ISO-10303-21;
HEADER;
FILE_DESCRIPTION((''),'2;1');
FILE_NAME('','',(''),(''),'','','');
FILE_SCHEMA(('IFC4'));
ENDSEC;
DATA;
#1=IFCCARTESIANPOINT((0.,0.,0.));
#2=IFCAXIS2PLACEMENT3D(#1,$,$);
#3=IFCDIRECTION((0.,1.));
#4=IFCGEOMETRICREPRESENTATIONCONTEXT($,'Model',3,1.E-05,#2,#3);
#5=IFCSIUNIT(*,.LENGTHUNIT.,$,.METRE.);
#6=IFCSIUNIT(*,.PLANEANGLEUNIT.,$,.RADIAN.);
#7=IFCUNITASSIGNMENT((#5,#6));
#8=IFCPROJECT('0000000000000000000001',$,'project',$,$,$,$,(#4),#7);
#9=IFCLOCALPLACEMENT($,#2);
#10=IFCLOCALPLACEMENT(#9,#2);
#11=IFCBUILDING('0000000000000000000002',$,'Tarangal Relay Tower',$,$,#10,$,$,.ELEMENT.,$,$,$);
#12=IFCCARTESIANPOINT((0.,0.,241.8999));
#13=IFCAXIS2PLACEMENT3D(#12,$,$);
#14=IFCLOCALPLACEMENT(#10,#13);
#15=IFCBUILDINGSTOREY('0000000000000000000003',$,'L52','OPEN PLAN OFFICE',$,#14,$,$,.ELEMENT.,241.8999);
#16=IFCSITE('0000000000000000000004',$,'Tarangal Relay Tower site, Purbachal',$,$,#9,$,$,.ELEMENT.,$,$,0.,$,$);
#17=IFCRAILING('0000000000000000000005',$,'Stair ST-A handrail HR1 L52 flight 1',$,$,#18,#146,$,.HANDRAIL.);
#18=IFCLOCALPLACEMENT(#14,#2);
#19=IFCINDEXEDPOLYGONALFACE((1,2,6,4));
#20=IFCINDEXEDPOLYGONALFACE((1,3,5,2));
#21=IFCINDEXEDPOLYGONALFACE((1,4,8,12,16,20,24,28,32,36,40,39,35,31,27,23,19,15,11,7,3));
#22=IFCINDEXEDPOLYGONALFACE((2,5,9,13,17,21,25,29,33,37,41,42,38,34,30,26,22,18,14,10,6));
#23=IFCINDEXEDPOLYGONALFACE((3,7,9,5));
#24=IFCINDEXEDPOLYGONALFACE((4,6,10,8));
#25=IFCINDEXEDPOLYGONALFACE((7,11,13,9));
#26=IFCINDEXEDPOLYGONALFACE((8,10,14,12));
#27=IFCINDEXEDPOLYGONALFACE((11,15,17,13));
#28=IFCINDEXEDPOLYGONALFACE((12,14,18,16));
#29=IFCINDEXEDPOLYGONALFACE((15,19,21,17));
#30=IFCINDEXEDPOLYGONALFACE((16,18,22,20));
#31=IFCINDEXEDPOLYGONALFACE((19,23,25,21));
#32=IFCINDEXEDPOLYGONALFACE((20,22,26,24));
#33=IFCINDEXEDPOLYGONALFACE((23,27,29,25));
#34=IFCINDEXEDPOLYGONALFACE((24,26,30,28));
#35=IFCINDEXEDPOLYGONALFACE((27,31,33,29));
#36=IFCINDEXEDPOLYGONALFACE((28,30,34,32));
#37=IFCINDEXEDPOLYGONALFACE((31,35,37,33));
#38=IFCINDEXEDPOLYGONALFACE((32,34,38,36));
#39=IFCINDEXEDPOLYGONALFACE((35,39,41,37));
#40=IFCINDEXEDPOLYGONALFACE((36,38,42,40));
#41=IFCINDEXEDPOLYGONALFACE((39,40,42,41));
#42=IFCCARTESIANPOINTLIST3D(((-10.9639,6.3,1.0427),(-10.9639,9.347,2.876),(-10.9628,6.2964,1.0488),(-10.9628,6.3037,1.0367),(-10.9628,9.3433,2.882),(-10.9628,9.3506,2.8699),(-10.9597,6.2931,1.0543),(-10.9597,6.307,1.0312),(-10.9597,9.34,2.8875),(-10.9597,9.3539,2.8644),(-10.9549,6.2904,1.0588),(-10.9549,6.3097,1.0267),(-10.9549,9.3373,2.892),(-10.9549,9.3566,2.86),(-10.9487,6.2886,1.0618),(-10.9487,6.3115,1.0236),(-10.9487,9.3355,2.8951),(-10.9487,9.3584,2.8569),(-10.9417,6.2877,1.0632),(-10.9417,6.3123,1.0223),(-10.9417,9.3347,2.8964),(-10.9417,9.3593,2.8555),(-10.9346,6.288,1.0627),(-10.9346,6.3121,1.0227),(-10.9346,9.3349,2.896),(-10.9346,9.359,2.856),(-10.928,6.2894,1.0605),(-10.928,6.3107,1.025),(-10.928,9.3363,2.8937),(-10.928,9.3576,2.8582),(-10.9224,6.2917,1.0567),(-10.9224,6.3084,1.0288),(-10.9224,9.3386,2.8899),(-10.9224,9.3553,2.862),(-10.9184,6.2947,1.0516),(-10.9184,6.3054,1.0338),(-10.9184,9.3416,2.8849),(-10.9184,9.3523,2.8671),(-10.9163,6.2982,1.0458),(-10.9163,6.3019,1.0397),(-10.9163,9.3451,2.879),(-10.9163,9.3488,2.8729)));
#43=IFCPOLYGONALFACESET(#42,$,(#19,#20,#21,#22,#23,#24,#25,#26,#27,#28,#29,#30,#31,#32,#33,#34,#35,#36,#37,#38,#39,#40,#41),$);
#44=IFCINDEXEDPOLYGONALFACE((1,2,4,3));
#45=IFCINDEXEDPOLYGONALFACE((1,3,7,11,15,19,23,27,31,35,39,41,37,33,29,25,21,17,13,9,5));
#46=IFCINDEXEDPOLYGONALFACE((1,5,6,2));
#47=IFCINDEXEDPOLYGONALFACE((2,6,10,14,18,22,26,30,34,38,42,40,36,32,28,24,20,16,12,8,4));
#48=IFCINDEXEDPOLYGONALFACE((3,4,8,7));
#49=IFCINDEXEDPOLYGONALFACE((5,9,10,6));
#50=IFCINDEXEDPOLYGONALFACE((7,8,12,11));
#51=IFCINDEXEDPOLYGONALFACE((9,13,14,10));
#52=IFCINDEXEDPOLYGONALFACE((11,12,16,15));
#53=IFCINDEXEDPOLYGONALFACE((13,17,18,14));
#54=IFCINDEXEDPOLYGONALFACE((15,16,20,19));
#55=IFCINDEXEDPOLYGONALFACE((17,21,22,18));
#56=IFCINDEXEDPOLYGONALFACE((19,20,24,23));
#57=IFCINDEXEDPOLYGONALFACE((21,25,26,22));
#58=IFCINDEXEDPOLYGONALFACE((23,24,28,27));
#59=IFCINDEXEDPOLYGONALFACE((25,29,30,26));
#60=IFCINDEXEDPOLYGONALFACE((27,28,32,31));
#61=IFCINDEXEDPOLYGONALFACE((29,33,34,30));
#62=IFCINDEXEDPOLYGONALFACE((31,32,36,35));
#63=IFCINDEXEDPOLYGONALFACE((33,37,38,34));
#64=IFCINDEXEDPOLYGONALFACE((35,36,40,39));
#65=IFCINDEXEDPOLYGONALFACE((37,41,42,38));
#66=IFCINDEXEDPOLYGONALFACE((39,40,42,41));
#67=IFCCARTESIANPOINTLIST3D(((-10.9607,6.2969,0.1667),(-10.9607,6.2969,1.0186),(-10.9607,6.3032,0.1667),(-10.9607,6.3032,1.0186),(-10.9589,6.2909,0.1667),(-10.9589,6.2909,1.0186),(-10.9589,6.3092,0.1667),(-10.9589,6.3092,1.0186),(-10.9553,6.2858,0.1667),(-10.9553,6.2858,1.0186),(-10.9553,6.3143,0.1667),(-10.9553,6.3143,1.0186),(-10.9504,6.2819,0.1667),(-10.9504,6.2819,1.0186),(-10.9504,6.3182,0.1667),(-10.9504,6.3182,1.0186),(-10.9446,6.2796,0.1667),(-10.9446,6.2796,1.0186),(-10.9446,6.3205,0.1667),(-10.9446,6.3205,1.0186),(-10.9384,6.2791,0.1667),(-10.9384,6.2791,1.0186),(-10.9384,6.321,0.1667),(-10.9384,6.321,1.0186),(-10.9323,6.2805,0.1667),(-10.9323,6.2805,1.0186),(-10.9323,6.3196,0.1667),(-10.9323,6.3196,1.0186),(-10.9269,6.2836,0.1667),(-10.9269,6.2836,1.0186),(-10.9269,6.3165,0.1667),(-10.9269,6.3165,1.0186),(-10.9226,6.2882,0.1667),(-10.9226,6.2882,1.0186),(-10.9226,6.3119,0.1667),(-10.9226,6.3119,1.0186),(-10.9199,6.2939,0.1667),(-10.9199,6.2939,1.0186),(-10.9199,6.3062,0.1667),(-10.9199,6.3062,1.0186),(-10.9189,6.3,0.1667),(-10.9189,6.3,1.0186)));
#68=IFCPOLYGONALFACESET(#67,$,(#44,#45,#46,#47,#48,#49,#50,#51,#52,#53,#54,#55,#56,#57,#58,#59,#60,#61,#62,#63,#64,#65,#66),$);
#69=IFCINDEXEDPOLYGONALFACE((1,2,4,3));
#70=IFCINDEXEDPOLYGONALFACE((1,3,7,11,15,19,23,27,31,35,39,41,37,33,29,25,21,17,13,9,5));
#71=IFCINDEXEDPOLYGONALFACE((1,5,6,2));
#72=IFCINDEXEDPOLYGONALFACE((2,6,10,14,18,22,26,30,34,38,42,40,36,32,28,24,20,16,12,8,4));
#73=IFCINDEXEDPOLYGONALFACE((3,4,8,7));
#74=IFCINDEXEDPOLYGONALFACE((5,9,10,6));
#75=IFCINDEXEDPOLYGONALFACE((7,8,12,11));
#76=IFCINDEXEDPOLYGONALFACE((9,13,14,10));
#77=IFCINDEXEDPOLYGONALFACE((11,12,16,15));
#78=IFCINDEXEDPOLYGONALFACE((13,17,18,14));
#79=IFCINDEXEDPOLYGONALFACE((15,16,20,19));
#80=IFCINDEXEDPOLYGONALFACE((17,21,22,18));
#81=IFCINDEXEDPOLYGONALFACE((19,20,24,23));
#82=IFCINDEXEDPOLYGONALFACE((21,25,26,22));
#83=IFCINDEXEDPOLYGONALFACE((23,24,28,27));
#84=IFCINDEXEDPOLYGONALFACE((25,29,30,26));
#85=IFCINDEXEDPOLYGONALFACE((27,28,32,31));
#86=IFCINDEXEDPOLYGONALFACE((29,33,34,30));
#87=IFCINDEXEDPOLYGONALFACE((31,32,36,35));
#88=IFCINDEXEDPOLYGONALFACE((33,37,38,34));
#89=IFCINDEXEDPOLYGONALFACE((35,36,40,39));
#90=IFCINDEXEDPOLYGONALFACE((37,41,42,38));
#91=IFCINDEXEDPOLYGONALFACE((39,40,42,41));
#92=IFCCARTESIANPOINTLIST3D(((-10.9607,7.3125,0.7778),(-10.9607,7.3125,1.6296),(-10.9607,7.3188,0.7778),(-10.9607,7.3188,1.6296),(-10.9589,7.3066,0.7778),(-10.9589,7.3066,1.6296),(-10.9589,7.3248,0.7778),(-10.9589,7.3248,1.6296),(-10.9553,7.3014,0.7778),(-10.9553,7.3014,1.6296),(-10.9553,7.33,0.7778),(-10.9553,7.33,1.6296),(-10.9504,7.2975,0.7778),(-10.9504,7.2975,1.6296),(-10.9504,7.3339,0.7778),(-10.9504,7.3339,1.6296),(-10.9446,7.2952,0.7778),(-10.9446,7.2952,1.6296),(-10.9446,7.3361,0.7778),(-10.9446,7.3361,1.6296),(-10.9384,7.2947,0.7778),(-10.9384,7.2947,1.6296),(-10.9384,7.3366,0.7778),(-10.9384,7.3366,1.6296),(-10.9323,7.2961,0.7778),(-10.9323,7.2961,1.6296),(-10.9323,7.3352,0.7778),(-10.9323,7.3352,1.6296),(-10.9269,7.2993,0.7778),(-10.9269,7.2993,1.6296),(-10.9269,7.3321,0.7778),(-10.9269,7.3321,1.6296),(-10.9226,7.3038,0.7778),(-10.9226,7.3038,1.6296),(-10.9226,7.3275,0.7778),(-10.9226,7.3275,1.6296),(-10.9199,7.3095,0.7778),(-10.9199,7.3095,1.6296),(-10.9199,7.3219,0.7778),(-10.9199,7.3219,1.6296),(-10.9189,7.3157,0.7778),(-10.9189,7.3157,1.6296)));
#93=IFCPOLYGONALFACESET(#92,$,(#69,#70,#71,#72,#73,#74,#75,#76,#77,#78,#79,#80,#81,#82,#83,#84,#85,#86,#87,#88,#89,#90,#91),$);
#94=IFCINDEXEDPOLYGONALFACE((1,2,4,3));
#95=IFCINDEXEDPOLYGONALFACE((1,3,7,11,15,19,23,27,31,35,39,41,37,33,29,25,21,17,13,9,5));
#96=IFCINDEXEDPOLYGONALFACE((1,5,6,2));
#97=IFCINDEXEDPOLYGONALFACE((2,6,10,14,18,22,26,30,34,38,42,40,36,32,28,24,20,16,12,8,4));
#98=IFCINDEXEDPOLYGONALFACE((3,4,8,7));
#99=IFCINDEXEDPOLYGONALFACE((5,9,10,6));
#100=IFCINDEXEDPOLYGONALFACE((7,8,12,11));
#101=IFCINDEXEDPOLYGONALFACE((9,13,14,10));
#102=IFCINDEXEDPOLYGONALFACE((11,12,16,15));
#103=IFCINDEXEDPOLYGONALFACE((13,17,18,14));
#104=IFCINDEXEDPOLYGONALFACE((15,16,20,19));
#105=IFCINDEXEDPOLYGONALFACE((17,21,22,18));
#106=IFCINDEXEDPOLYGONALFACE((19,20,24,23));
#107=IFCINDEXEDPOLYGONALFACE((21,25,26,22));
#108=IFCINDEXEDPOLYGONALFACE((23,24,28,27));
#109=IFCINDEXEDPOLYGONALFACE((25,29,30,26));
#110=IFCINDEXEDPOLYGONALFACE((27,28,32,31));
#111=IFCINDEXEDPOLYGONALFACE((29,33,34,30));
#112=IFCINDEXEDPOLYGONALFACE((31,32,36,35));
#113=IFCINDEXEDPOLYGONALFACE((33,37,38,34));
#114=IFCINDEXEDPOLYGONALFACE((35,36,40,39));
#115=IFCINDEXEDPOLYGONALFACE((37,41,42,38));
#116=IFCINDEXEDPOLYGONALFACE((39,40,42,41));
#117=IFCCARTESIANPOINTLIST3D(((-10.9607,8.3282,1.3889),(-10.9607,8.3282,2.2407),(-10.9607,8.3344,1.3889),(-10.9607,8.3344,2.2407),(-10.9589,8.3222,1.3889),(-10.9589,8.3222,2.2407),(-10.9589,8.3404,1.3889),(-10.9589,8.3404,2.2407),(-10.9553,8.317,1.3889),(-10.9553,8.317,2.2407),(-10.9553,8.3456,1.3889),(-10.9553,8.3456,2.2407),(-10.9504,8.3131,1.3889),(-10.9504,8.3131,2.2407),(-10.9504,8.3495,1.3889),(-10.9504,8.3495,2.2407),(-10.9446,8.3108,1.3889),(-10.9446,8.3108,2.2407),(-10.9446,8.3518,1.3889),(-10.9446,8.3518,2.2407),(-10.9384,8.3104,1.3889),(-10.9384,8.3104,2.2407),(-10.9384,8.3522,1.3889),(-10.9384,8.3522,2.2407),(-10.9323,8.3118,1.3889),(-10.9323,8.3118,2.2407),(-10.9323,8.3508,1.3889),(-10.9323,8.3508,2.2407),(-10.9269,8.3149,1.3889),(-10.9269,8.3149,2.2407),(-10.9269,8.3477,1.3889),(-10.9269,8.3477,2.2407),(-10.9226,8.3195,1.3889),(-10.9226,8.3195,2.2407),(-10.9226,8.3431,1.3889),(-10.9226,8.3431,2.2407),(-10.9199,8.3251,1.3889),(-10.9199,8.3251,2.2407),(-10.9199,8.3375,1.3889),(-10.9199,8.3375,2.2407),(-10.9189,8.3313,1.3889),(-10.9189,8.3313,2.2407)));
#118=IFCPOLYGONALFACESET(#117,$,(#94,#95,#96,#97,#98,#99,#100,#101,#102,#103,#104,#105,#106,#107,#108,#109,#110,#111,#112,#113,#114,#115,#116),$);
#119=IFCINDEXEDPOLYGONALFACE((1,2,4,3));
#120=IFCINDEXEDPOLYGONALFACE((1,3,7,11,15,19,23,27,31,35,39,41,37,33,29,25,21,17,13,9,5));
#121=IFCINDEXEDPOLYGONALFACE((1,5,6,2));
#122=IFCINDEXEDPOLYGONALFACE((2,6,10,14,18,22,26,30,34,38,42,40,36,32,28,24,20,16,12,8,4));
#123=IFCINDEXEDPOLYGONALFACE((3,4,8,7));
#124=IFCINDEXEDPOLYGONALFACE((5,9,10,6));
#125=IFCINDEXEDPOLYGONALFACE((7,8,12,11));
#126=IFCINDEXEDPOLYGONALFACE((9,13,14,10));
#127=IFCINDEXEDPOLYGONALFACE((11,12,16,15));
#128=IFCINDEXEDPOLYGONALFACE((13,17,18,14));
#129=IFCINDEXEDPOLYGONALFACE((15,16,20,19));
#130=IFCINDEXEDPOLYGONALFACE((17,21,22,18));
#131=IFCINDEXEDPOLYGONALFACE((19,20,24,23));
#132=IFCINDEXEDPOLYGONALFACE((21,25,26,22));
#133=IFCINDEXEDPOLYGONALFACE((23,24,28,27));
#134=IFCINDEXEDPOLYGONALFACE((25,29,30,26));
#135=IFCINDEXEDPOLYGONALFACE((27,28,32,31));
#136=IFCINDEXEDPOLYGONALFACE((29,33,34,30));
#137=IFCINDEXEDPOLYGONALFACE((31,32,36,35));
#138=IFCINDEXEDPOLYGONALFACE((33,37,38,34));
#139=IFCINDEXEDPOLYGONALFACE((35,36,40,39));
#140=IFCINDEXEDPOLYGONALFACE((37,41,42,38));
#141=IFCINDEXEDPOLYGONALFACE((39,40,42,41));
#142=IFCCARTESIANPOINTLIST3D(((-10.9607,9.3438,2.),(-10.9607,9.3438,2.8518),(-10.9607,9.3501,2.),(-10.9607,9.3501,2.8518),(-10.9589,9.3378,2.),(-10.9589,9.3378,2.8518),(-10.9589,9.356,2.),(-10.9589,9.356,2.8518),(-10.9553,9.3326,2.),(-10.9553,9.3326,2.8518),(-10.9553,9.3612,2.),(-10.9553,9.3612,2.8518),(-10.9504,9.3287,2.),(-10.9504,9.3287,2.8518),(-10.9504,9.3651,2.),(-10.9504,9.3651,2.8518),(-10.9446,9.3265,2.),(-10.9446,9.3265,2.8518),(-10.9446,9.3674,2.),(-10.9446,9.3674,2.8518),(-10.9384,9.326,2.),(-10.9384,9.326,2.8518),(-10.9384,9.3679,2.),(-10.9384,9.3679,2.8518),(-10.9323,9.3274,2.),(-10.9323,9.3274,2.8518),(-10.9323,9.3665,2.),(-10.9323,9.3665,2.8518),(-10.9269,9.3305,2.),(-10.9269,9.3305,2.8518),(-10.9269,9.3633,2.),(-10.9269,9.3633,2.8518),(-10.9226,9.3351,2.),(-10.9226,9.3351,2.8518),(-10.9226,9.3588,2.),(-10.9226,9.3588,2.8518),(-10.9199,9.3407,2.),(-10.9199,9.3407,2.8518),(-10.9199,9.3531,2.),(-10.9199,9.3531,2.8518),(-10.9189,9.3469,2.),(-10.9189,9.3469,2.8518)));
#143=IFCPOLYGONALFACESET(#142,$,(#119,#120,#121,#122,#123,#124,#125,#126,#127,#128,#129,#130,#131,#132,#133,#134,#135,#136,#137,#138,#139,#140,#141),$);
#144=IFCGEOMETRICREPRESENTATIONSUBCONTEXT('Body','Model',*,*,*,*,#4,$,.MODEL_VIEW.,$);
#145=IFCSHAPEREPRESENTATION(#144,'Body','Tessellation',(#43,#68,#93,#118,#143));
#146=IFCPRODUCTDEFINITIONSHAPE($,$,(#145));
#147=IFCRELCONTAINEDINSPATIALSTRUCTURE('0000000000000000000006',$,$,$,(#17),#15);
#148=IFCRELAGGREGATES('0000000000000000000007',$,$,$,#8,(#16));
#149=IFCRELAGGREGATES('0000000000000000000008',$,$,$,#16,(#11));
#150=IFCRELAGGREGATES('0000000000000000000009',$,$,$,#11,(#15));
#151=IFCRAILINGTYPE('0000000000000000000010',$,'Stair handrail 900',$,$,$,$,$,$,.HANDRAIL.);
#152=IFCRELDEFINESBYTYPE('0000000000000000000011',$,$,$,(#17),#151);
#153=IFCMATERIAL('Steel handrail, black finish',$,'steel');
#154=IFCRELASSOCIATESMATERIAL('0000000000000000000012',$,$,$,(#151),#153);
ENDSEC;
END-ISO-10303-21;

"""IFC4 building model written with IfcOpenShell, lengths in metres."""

from ifc_helpers import new_model, si_unit, direction, frame, origin, origin_2d, place, context, subcontext, project, spatial, circle, extrude, material, type_object, element, save


model = new_model("IFC4")

# Units and contexts
model_context = context("Model", 3, precision=1e-05, world=origin(), true_north=direction((0.0, 1.0)))
body_context = subcontext(model_context, "Body", "Model", "MODEL_VIEW")
ifc_project = project(units=[si_unit("LENGTHUNIT", "METRE"), si_unit("PLANEANGLEUNIT", "RADIAN")], contexts=[model_context])

# Site, building, storey
site_placement = place(None, origin())
site = spatial("IfcSite", under=ifc_project, at=site_placement, Name="Tarangal Relay Tower site, Purbachal", CompositionType="ELEMENT", RefElevation=0.0)
building_placement = place(site_placement, origin())
building = spatial("IfcBuilding", under=site, at=building_placement, Name="Tarangal Relay Tower", CompositionType="ELEMENT")
storey_placement = place(building_placement, frame((0.0, 0.0, 241.8999)))
storey = spatial("IfcBuildingStorey", under=building, at=storey_placement, Name="L52", Description="OPEN PLAN OFFICE", CompositionType="ELEMENT", Elevation=241.8999)

# Railing
ifc_material_1 = material(Name="Steel handrail, black finish", Category="steel")
railing_type_1 = type_object("IfcRailingType", Name="Stair handrail 900", PredefinedType="HANDRAIL", material=ifc_material_1)
railing_1_placement = place(storey_placement, frame((-10.9399, 6.3, 0.1667)))
element("IfcRailing", 1, at=railing_1_placement, inside=storey, type_object=railing_type_1, Name="Stair ST-A handrail HR1 L52 flight 1", PredefinedType="HANDRAIL", context=body_context, shape_type="SweptSolid", body=[
    extrude(circle(Radius=0.0239, at=origin_2d()), frame((0.0, 0.0, 0.876), z_axis=(0.0, 0.856856, 0.515556), x_axis=(-1.0, 0.0, 0.0)), (0.0, 0.0, 1.0), 3.5559),
    extrude(circle(Radius=0.021, at=origin_2d()), origin(), (0.0, 0.0, 1.0), 0.8518),
    extrude(circle(Radius=0.021, at=origin_2d()), frame((0.0, 1.0156, 0.6111)), (0.0, 0.0, 1.0), 0.8518),
    extrude(circle(Radius=0.021, at=origin_2d()), frame((0.0, 2.0312, 1.2222)), (0.0, 0.0, 1.0), 0.8518),
    extrude(circle(Radius=0.021, at=origin_2d()), frame((0.0, 3.0469, 1.8333)), (0.0, 0.0, 1.0), 0.8518),
])

save(model, "model.ifc")
